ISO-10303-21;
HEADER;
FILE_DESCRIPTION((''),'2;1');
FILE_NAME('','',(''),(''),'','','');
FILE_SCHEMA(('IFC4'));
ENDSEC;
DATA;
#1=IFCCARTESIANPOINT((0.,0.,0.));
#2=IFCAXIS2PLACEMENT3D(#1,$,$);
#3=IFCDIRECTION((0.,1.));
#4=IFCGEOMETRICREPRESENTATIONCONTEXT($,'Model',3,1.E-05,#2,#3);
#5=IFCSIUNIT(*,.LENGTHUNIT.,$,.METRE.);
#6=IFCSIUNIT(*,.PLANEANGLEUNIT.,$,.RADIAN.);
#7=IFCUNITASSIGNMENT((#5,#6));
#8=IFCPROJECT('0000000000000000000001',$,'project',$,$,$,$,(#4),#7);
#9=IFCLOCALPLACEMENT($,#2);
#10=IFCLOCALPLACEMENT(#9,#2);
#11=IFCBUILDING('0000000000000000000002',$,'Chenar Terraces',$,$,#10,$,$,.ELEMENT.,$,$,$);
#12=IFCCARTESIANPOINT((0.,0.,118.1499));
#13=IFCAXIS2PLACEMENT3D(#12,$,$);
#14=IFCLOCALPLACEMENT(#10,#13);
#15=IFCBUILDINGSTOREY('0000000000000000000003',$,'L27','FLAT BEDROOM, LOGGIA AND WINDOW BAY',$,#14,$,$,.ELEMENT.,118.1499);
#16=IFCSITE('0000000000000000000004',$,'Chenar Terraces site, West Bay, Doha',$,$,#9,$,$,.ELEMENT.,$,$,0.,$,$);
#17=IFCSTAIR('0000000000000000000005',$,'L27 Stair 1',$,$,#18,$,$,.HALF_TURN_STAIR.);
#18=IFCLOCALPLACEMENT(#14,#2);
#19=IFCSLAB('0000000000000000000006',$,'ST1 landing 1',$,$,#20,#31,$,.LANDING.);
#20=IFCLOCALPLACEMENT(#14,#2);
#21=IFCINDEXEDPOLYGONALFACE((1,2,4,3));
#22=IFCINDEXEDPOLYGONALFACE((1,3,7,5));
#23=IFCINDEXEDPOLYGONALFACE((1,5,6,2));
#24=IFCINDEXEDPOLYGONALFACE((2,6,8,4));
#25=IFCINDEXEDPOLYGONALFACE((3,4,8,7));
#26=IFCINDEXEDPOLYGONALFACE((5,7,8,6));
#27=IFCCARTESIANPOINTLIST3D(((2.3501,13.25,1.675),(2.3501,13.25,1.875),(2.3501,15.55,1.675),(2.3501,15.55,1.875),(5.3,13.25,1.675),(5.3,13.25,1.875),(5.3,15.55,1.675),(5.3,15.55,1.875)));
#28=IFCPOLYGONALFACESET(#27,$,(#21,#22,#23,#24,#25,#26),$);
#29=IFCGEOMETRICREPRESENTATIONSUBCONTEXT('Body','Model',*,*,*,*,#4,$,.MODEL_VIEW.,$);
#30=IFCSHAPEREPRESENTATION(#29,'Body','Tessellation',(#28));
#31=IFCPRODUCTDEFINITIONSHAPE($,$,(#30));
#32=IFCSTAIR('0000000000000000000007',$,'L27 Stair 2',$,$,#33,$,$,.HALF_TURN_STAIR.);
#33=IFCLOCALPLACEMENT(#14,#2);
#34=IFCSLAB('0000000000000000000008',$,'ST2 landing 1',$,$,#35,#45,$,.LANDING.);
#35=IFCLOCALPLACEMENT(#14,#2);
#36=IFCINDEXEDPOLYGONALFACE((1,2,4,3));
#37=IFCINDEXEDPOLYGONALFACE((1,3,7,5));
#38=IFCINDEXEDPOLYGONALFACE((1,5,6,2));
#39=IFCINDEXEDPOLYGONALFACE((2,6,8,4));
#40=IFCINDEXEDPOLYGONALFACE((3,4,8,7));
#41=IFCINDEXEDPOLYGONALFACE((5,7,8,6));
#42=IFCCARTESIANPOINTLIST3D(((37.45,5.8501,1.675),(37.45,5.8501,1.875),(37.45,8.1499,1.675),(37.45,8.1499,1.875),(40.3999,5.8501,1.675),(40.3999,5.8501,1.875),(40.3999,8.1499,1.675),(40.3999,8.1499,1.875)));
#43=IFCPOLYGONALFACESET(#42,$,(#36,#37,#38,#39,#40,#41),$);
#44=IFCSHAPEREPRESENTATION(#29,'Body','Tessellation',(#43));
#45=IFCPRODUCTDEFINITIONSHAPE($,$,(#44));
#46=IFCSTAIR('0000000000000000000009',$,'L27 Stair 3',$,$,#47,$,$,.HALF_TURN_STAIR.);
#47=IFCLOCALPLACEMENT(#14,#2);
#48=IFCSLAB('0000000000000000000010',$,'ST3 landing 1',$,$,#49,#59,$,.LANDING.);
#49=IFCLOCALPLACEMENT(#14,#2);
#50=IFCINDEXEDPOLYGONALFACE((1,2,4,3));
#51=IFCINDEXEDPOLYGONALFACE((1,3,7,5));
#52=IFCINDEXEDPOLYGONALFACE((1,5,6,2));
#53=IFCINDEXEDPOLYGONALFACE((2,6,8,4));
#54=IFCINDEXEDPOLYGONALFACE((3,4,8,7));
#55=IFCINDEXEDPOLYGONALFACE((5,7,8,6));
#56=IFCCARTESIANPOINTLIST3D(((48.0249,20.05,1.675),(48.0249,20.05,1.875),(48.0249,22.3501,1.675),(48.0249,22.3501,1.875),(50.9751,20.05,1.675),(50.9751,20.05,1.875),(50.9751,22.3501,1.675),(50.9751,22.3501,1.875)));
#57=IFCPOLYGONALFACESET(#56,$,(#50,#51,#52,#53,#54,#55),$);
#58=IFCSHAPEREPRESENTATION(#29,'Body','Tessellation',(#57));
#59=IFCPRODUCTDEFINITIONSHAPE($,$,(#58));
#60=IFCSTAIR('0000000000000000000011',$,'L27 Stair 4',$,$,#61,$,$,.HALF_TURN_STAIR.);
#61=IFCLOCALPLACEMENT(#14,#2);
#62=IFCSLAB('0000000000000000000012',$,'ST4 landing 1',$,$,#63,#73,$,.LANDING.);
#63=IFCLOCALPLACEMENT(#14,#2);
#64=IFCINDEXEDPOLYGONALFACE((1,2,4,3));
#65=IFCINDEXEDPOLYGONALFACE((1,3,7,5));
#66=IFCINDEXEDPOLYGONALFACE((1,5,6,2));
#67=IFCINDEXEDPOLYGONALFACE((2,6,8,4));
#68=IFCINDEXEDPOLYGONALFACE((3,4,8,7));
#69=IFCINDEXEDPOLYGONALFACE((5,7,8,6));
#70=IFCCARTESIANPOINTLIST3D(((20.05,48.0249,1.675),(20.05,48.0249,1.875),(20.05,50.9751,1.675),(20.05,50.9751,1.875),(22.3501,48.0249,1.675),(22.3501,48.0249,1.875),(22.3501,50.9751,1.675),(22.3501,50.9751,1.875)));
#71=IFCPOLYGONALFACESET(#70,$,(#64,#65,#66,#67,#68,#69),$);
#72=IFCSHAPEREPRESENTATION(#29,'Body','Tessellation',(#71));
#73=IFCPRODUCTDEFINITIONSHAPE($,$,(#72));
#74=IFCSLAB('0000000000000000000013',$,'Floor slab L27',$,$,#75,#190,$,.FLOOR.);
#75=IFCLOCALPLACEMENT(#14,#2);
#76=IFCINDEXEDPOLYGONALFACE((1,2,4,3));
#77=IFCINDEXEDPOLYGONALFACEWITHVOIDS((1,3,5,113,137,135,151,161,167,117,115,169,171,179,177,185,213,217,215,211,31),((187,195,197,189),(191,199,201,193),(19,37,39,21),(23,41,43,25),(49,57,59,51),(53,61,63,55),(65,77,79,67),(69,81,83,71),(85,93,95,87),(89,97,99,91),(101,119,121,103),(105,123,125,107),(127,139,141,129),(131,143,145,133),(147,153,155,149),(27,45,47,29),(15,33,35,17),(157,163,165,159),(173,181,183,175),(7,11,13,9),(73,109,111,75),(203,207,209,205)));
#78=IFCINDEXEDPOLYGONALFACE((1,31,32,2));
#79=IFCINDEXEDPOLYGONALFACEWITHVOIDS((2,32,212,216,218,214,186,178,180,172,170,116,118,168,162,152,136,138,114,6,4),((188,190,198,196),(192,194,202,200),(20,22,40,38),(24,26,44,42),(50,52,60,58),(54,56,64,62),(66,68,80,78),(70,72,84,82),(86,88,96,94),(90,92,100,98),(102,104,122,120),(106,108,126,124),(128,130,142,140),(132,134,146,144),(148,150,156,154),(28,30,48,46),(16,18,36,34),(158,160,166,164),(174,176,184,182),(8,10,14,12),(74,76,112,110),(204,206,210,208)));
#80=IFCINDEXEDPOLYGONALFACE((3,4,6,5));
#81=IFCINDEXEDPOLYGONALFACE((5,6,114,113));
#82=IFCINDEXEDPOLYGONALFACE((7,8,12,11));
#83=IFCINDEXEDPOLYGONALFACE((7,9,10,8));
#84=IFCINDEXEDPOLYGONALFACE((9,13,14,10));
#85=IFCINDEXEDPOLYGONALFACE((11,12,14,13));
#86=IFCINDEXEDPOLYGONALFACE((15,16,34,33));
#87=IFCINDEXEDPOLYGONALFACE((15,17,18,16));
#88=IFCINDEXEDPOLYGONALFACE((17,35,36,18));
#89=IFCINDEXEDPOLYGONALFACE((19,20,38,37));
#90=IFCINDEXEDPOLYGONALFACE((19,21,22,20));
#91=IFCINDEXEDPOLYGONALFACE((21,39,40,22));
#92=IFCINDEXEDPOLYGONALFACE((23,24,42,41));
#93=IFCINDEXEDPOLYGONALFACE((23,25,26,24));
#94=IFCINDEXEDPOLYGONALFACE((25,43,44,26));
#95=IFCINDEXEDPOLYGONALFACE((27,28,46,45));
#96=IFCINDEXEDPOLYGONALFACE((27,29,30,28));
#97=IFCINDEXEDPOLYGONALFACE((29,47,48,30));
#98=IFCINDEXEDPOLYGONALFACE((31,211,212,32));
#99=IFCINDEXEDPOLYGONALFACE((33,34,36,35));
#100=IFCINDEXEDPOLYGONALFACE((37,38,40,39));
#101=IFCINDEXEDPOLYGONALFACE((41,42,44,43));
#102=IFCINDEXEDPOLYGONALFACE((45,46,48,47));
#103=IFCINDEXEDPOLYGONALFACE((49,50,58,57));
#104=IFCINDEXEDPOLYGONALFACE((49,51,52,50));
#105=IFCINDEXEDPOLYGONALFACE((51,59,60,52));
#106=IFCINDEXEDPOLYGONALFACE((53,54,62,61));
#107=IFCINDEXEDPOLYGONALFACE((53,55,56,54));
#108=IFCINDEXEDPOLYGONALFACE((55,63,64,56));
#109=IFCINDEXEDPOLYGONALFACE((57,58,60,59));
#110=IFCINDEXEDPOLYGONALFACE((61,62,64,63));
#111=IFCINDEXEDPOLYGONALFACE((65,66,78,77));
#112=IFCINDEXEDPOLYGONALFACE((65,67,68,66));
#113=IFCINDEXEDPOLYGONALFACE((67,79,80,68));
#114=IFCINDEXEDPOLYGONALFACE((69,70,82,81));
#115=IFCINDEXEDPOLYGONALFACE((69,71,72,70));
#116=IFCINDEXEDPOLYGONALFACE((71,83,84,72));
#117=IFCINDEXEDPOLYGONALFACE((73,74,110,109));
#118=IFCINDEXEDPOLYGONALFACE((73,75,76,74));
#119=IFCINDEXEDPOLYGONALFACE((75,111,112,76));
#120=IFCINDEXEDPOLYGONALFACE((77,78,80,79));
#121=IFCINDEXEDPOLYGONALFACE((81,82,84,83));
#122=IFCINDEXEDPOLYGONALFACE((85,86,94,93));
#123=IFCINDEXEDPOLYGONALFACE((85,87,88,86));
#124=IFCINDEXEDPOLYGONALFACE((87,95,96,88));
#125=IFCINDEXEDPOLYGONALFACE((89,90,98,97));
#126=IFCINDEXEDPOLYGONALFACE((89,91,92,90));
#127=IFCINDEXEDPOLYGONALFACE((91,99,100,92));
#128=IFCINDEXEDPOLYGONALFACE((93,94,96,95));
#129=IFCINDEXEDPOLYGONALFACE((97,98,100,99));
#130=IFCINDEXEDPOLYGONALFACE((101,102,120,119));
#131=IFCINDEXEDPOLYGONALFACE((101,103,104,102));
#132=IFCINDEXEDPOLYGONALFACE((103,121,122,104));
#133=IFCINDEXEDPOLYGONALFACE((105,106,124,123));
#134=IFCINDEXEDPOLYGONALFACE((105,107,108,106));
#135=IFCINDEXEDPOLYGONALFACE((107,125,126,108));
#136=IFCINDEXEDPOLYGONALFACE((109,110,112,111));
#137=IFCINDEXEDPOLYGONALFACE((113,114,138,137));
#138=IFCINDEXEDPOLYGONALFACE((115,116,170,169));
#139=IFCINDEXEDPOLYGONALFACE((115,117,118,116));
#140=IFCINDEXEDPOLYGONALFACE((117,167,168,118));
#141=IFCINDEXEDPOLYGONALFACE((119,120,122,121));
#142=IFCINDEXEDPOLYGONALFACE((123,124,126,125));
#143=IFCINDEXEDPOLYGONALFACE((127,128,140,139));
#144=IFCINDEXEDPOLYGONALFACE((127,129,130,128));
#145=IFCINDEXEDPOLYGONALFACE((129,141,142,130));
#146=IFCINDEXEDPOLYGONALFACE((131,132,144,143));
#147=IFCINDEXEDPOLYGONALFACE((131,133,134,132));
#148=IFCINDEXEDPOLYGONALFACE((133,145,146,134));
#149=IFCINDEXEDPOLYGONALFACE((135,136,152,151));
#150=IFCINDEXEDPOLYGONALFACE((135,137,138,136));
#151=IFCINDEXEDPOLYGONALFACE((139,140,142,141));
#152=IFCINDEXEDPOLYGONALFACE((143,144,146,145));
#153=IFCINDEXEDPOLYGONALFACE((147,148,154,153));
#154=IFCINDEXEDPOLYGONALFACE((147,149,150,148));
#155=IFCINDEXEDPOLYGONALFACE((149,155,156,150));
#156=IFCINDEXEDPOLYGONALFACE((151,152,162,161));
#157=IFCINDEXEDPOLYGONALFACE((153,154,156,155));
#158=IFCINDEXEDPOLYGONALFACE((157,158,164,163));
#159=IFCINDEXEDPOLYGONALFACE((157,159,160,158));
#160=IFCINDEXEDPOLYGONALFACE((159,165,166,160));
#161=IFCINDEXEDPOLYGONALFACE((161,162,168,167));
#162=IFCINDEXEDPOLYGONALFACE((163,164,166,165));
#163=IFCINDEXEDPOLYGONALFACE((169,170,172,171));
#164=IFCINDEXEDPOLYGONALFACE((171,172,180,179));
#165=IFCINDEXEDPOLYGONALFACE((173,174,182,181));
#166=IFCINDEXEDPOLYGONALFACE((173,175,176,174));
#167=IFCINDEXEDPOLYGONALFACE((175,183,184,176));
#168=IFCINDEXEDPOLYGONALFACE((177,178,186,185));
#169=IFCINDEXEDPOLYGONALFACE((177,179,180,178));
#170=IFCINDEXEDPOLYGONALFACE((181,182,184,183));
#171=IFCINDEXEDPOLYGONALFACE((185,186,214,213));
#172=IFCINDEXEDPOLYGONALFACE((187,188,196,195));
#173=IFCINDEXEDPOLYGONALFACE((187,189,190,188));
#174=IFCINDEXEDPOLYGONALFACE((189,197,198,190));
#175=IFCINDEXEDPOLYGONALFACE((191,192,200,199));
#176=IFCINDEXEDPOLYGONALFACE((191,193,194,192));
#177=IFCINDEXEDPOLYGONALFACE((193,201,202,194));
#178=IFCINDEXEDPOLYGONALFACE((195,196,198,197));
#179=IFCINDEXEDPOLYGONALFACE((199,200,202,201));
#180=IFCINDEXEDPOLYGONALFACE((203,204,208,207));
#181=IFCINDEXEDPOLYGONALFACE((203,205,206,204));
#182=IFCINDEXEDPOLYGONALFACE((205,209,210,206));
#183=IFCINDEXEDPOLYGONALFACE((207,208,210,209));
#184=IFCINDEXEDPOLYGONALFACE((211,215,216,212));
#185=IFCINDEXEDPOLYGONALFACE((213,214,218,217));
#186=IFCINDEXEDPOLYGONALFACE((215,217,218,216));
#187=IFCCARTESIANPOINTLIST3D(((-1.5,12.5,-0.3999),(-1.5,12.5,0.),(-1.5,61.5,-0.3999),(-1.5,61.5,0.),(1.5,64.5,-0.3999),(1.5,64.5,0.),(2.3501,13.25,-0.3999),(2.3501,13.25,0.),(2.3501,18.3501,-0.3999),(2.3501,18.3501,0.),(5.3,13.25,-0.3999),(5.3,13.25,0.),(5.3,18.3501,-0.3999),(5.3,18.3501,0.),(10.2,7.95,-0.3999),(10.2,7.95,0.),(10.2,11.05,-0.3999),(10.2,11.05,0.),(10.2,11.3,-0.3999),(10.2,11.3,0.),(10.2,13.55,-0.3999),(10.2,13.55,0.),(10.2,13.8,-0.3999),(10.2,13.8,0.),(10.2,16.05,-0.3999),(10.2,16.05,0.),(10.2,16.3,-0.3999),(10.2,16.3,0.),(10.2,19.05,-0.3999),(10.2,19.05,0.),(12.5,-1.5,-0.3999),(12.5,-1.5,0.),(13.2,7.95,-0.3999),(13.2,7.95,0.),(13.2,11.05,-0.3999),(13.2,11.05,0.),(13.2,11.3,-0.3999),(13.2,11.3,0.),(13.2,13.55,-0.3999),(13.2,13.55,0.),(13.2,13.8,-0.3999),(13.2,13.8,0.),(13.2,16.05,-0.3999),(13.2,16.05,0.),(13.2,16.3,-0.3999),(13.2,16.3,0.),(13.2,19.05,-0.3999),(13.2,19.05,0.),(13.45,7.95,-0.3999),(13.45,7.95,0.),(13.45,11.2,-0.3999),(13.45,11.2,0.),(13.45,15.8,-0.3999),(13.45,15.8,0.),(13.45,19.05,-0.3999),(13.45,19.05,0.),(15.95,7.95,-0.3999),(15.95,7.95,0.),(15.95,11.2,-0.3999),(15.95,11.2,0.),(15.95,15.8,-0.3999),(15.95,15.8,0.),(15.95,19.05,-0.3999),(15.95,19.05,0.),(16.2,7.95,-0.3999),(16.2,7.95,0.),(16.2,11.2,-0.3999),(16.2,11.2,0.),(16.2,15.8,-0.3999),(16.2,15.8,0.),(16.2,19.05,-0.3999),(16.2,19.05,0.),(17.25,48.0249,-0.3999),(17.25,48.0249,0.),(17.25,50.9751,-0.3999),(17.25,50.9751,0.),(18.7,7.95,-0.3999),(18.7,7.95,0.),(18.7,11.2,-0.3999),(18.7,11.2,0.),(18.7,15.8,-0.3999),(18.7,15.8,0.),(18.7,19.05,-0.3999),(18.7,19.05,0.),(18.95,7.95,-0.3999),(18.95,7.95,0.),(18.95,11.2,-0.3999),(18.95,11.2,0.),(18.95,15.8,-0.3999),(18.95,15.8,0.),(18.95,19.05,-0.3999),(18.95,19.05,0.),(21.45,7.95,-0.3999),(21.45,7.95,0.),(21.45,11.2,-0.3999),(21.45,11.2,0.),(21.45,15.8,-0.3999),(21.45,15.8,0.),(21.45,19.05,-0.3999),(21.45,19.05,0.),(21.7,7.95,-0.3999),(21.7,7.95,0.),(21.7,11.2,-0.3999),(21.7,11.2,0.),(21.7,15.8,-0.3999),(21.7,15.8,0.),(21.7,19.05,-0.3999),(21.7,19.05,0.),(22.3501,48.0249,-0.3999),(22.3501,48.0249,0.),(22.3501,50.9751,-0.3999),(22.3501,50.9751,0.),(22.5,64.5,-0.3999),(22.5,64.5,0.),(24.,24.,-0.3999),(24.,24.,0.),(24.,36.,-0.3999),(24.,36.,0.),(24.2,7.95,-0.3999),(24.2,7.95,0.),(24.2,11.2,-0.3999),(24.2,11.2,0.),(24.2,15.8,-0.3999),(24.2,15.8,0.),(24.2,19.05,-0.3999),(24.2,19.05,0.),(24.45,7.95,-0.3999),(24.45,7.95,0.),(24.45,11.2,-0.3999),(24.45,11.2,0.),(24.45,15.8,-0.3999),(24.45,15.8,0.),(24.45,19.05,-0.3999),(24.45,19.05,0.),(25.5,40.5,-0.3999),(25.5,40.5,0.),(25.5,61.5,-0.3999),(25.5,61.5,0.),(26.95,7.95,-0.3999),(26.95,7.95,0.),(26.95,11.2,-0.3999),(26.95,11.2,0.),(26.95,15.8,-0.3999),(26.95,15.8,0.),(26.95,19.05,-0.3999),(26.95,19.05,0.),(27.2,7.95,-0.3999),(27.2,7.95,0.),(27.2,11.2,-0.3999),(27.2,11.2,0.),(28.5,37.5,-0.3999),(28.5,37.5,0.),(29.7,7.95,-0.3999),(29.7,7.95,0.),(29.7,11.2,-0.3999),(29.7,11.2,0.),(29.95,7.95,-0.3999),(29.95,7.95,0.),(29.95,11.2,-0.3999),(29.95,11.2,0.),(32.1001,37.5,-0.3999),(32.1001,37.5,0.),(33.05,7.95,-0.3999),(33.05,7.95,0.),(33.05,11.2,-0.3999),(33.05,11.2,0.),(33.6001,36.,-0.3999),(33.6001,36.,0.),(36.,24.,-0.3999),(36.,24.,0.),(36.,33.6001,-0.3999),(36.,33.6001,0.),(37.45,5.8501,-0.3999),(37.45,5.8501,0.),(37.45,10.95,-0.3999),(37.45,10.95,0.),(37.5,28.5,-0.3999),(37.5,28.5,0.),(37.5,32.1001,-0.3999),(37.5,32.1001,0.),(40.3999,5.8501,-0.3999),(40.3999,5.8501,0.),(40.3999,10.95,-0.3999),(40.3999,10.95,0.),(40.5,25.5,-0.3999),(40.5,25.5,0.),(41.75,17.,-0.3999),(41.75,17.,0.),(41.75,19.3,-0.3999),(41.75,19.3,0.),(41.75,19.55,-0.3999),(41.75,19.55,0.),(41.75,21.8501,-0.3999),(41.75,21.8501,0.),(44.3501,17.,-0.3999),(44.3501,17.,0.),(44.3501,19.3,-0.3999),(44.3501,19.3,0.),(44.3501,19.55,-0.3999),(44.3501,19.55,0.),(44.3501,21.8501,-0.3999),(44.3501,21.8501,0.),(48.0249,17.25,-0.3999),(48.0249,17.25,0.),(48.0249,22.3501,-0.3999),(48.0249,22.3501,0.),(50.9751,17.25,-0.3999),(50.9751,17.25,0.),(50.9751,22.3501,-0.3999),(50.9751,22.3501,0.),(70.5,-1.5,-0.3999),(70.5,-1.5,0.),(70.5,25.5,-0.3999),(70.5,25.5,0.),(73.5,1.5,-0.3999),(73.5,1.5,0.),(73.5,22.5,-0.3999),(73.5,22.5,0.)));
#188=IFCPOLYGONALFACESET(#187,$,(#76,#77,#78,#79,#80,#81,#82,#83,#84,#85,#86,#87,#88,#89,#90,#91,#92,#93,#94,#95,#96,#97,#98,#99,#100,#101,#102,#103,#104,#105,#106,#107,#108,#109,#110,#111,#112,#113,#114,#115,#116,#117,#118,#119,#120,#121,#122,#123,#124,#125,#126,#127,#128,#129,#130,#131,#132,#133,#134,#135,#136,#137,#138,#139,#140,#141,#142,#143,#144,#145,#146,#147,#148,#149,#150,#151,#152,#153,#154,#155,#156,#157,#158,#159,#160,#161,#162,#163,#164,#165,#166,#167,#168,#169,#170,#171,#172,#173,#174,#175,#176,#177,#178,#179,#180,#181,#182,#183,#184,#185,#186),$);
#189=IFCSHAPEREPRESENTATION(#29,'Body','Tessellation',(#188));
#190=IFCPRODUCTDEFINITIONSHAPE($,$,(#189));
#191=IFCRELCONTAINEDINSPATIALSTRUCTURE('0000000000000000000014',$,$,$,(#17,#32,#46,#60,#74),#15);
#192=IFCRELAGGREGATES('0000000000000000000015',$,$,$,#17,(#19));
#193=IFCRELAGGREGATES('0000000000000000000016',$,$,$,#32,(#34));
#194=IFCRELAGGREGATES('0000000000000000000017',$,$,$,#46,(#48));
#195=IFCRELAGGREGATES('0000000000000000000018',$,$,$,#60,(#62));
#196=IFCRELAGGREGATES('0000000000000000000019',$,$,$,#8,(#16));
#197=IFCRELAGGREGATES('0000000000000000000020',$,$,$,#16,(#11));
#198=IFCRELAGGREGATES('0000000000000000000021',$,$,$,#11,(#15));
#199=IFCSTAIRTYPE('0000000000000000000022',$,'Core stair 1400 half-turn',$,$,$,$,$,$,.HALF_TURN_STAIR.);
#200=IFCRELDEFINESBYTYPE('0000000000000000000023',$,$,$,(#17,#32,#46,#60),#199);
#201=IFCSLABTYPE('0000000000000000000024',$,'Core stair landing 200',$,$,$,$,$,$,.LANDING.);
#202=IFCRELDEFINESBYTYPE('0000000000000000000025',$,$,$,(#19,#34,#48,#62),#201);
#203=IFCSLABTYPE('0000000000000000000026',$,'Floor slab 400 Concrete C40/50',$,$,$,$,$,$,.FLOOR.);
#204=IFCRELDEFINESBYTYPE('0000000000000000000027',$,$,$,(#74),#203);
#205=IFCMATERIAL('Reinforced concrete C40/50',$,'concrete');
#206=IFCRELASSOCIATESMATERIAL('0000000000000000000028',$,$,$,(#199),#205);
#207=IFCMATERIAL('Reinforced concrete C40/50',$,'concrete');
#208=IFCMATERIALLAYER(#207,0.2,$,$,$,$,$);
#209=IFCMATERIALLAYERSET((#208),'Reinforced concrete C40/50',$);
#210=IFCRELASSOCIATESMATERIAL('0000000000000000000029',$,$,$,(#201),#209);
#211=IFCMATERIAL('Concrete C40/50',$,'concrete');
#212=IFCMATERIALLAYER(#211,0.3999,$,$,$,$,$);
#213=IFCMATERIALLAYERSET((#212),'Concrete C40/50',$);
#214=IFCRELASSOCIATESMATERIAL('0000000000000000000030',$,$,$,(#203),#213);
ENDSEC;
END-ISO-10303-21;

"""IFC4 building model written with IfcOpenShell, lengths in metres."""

from ifc_helpers import new_model, si_unit, direction, frame, origin, place, context, subcontext, project, spatial, polyline, outline, extrude, material, layer, layer_set, type_object, element, aggregate, save


model = new_model("IFC4")

# Units and contexts
model_context = context("Model", 3, precision=1e-05, world=origin(), true_north=direction((0.0, 1.0)))
body_context = subcontext(model_context, "Body", "Model", "MODEL_VIEW")
ifc_project = project(units=[si_unit("LENGTHUNIT", "METRE"), si_unit("PLANEANGLEUNIT", "RADIAN")], contexts=[model_context])

# Site, building, storey
site_placement = place(None, origin())
site = spatial("IfcSite", under=ifc_project, at=site_placement, Name="Chenar Terraces site, West Bay, Doha", CompositionType="ELEMENT", RefElevation=0.0)
building_placement = place(site_placement, origin())
building = spatial("IfcBuilding", under=site, at=building_placement, Name="Chenar Terraces", CompositionType="ELEMENT")
storey_placement = place(building_placement, frame((0.0, 0.0, 118.1499)))
storey = spatial("IfcBuildingStorey", under=building, at=storey_placement, Name="L27", Description="FLAT BEDROOM, LOGGIA AND WINDOW BAY", CompositionType="ELEMENT", Elevation=118.1499)

# Stairs, slabs
ifc_material_1 = material(Name="Reinforced concrete C40/50", Category="concrete")
stair_type = type_object("IfcStairType", Name="Core stair 1400 half-turn", PredefinedType="HALF_TURN_STAIR", material=ifc_material_1)
placement_1 = place(storey_placement, origin())
stair_1 = element("IfcStair", 1, at=placement_1, inside=storey, type_object=stair_type, Name="L27 Stair 1", PredefinedType="HALF_TURN_STAIR")
ifc_material_2 = material(Name="Reinforced concrete C40/50", Category="concrete")
ifc_layer_1 = layer(ifc_material_2, 0.2)
ifc_layer_set_1 = layer_set([ifc_layer_1], Name="Reinforced concrete C40/50")
slab_type_1 = type_object("IfcSlabType", Name="Core stair landing 200", PredefinedType="LANDING", material=ifc_layer_set_1)
placement_2 = place(storey_placement, frame((0.0, 0.0, 1.675)))
slab_1 = element("IfcSlab", 2, at=placement_2, type_object=slab_type_1, Name="ST1 landing 1", PredefinedType="LANDING", context=body_context, shape_type="SweptSolid", body=[
    extrude(outline(polyline([(2.3501, 15.55), (2.3501, 13.25), (5.3, 13.25), (5.3, 15.55), (2.3501, 15.55)])), origin(), (0.0, 0.0, 1.0), 0.2),
])
aggregate(stair_1, [slab_1])
stair_2 = element("IfcStair", 3, at=placement_1, inside=storey, type_object=stair_type, Name="L27 Stair 2", PredefinedType="HALF_TURN_STAIR")
slab_2 = element("IfcSlab", 4, at=placement_2, type_object=slab_type_1, Name="ST2 landing 1", PredefinedType="LANDING", context=body_context, shape_type="SweptSolid", body=[
    extrude(outline(polyline([(37.45, 8.1499), (37.45, 5.8501), (40.3999, 5.8501), (40.3999, 8.1499), (37.45, 8.1499)])), origin(), (0.0, 0.0, 1.0), 0.2),
])
aggregate(stair_2, [slab_2])
stair_3 = element("IfcStair", 5, at=placement_1, inside=storey, type_object=stair_type, Name="L27 Stair 3", PredefinedType="HALF_TURN_STAIR")
slab_3 = element("IfcSlab", 6, at=placement_2, type_object=slab_type_1, Name="ST3 landing 1", PredefinedType="LANDING", context=body_context, shape_type="SweptSolid", body=[
    extrude(outline(polyline([(50.9751, 20.05), (50.9751, 22.3501), (48.0249, 22.3501), (48.0249, 20.05), (50.9751, 20.05)])), origin(), (0.0, 0.0, 1.0), 0.2),
])
aggregate(stair_3, [slab_3])
stair_4 = element("IfcStair", 7, at=placement_1, inside=storey, type_object=stair_type, Name="L27 Stair 4", PredefinedType="HALF_TURN_STAIR")
slab_4 = element("IfcSlab", 8, at=placement_2, type_object=slab_type_1, Name="ST4 landing 1", PredefinedType="LANDING", context=body_context, shape_type="SweptSolid", body=[
    extrude(outline(polyline([(20.05, 48.0249), (22.3501, 48.0249), (22.3501, 50.9751), (20.05, 50.9751), (20.05, 48.0249)])), origin(), (0.0, 0.0, 1.0), 0.2),
])
aggregate(stair_4, [slab_4])

# Slab
ifc_material_3 = material(Name="Concrete C40/50", Category="concrete")
ifc_layer_2 = layer(ifc_material_3, 0.3999)
ifc_layer_set_2 = layer_set([ifc_layer_2], Name="Concrete C40/50")
slab_type_2 = type_object("IfcSlabType", Name="Floor slab 400 Concrete C40/50", PredefinedType="FLOOR", material=ifc_layer_set_2)
slab_5_placement = place(storey_placement, frame((0.0, 0.0, -0.3999)))
element("IfcSlab", 9, at=slab_5_placement, inside=storey, type_object=slab_type_2, Name="Floor slab L27", PredefinedType="FLOOR", context=body_context, shape_type="SweptSolid", body=[
    extrude(outline(polyline([(73.5, 22.5), (73.5, 1.5), (70.5, -1.5), (12.5, -1.5), (-1.5, 12.5), (-1.5, 61.5), (1.5, 64.5), (22.5, 64.5), (25.5, 61.5), (25.5, 40.5), (28.5, 37.5), (32.1001, 37.5), (33.6001, 36.0), (24.0, 36.0), (24.0, 24.0), (36.0, 24.0), (36.0, 33.6001), (37.5, 32.1001), (37.5, 28.5), (40.5, 25.5), (70.5, 25.5), (73.5, 22.5)]), holes=[polyline([(13.2, 11.05), (10.2, 11.05), (10.2, 7.95), (13.2, 7.95), (13.2, 11.05)]), polyline([(15.95, 11.2), (13.45, 11.2), (13.45, 7.95), (15.95, 7.95), (15.95, 11.2)]), polyline([(18.7, 11.2), (16.2, 11.2), (16.2, 7.95), (18.7, 7.95), (18.7, 11.2)]), polyline([(21.45, 7.95), (21.45, 11.2), (18.95, 11.2), (18.95, 7.95), (21.45, 7.95)]), polyline([(13.2, 11.3), (13.2, 13.55), (10.2, 13.55), (10.2, 11.3), (13.2, 11.3)]), polyline([(13.2, 16.05), (10.2, 16.05), (10.2, 13.8), (13.2, 13.8), (13.2, 16.05)]), polyline([(2.3501, 18.3501), (2.3501, 13.25), (5.3, 13.25), (5.3, 18.3501), (2.3501, 18.3501)]), polyline([(15.95, 15.8), (15.95, 19.05), (13.45, 19.05), (13.45, 15.8), (15.95, 15.8)]), polyline([(18.7, 19.05), (16.2, 19.05), (16.2, 15.8), (18.7, 15.8), (18.7, 19.05)]), polyline([(21.45, 15.8), (21.45, 19.05), (18.95, 19.05), (18.95, 15.8), (21.45, 15.8)]), polyline([(13.2, 16.3), (13.2, 19.05), (10.2, 19.05), (10.2, 16.3), (13.2, 16.3)]), polyline([(22.3501, 48.0249), (22.3501, 50.9751), (17.25, 50.9751), (17.25, 48.0249), (22.3501, 48.0249)]), polyline([(37.45, 10.95), (37.45, 5.8501), (40.3999, 5.8501), (40.3999, 10.95), (37.45, 10.95)]), polyline([(24.2, 7.95), (24.2, 11.2), (21.7, 11.2), (21.7, 7.95), (24.2, 7.95)]), polyline([(26.95, 11.2), (24.45, 11.2), (24.45, 7.95), (26.95, 7.95), (26.95, 11.2)]), polyline([(29.7, 7.95), (29.7, 11.2), (27.2, 11.2), (27.2, 7.95), (29.7, 7.95)]), polyline([(33.05, 7.95), (33.05, 11.2), (29.95, 11.2), (29.95, 7.95), (33.05, 7.95)]), polyline([(24.2, 19.05), (21.7, 19.05), (21.7, 15.8), (24.2, 15.8), (24.2, 19.05)]), polyline([(26.95, 15.8), (26.95, 19.05), (24.45, 19.05), (24.45, 15.8), (26.95, 15.8)]), polyline([(44.3501, 17.0), (44.3501, 19.3), (41.75, 19.3), (41.75, 17.0), (44.3501, 17.0)]), polyline([(50.9751, 22.3501), (48.0249, 22.3501), (48.0249, 17.25), (50.9751, 17.25), (50.9751, 22.3501)]), polyline([(44.3501, 19.55), (44.3501, 21.8501), (41.75, 21.8501), (41.75, 19.55), (44.3501, 19.55)])]), origin(), (0.0, 0.0, 1.0), 0.3999),
])

save(model, "model.ifc")
